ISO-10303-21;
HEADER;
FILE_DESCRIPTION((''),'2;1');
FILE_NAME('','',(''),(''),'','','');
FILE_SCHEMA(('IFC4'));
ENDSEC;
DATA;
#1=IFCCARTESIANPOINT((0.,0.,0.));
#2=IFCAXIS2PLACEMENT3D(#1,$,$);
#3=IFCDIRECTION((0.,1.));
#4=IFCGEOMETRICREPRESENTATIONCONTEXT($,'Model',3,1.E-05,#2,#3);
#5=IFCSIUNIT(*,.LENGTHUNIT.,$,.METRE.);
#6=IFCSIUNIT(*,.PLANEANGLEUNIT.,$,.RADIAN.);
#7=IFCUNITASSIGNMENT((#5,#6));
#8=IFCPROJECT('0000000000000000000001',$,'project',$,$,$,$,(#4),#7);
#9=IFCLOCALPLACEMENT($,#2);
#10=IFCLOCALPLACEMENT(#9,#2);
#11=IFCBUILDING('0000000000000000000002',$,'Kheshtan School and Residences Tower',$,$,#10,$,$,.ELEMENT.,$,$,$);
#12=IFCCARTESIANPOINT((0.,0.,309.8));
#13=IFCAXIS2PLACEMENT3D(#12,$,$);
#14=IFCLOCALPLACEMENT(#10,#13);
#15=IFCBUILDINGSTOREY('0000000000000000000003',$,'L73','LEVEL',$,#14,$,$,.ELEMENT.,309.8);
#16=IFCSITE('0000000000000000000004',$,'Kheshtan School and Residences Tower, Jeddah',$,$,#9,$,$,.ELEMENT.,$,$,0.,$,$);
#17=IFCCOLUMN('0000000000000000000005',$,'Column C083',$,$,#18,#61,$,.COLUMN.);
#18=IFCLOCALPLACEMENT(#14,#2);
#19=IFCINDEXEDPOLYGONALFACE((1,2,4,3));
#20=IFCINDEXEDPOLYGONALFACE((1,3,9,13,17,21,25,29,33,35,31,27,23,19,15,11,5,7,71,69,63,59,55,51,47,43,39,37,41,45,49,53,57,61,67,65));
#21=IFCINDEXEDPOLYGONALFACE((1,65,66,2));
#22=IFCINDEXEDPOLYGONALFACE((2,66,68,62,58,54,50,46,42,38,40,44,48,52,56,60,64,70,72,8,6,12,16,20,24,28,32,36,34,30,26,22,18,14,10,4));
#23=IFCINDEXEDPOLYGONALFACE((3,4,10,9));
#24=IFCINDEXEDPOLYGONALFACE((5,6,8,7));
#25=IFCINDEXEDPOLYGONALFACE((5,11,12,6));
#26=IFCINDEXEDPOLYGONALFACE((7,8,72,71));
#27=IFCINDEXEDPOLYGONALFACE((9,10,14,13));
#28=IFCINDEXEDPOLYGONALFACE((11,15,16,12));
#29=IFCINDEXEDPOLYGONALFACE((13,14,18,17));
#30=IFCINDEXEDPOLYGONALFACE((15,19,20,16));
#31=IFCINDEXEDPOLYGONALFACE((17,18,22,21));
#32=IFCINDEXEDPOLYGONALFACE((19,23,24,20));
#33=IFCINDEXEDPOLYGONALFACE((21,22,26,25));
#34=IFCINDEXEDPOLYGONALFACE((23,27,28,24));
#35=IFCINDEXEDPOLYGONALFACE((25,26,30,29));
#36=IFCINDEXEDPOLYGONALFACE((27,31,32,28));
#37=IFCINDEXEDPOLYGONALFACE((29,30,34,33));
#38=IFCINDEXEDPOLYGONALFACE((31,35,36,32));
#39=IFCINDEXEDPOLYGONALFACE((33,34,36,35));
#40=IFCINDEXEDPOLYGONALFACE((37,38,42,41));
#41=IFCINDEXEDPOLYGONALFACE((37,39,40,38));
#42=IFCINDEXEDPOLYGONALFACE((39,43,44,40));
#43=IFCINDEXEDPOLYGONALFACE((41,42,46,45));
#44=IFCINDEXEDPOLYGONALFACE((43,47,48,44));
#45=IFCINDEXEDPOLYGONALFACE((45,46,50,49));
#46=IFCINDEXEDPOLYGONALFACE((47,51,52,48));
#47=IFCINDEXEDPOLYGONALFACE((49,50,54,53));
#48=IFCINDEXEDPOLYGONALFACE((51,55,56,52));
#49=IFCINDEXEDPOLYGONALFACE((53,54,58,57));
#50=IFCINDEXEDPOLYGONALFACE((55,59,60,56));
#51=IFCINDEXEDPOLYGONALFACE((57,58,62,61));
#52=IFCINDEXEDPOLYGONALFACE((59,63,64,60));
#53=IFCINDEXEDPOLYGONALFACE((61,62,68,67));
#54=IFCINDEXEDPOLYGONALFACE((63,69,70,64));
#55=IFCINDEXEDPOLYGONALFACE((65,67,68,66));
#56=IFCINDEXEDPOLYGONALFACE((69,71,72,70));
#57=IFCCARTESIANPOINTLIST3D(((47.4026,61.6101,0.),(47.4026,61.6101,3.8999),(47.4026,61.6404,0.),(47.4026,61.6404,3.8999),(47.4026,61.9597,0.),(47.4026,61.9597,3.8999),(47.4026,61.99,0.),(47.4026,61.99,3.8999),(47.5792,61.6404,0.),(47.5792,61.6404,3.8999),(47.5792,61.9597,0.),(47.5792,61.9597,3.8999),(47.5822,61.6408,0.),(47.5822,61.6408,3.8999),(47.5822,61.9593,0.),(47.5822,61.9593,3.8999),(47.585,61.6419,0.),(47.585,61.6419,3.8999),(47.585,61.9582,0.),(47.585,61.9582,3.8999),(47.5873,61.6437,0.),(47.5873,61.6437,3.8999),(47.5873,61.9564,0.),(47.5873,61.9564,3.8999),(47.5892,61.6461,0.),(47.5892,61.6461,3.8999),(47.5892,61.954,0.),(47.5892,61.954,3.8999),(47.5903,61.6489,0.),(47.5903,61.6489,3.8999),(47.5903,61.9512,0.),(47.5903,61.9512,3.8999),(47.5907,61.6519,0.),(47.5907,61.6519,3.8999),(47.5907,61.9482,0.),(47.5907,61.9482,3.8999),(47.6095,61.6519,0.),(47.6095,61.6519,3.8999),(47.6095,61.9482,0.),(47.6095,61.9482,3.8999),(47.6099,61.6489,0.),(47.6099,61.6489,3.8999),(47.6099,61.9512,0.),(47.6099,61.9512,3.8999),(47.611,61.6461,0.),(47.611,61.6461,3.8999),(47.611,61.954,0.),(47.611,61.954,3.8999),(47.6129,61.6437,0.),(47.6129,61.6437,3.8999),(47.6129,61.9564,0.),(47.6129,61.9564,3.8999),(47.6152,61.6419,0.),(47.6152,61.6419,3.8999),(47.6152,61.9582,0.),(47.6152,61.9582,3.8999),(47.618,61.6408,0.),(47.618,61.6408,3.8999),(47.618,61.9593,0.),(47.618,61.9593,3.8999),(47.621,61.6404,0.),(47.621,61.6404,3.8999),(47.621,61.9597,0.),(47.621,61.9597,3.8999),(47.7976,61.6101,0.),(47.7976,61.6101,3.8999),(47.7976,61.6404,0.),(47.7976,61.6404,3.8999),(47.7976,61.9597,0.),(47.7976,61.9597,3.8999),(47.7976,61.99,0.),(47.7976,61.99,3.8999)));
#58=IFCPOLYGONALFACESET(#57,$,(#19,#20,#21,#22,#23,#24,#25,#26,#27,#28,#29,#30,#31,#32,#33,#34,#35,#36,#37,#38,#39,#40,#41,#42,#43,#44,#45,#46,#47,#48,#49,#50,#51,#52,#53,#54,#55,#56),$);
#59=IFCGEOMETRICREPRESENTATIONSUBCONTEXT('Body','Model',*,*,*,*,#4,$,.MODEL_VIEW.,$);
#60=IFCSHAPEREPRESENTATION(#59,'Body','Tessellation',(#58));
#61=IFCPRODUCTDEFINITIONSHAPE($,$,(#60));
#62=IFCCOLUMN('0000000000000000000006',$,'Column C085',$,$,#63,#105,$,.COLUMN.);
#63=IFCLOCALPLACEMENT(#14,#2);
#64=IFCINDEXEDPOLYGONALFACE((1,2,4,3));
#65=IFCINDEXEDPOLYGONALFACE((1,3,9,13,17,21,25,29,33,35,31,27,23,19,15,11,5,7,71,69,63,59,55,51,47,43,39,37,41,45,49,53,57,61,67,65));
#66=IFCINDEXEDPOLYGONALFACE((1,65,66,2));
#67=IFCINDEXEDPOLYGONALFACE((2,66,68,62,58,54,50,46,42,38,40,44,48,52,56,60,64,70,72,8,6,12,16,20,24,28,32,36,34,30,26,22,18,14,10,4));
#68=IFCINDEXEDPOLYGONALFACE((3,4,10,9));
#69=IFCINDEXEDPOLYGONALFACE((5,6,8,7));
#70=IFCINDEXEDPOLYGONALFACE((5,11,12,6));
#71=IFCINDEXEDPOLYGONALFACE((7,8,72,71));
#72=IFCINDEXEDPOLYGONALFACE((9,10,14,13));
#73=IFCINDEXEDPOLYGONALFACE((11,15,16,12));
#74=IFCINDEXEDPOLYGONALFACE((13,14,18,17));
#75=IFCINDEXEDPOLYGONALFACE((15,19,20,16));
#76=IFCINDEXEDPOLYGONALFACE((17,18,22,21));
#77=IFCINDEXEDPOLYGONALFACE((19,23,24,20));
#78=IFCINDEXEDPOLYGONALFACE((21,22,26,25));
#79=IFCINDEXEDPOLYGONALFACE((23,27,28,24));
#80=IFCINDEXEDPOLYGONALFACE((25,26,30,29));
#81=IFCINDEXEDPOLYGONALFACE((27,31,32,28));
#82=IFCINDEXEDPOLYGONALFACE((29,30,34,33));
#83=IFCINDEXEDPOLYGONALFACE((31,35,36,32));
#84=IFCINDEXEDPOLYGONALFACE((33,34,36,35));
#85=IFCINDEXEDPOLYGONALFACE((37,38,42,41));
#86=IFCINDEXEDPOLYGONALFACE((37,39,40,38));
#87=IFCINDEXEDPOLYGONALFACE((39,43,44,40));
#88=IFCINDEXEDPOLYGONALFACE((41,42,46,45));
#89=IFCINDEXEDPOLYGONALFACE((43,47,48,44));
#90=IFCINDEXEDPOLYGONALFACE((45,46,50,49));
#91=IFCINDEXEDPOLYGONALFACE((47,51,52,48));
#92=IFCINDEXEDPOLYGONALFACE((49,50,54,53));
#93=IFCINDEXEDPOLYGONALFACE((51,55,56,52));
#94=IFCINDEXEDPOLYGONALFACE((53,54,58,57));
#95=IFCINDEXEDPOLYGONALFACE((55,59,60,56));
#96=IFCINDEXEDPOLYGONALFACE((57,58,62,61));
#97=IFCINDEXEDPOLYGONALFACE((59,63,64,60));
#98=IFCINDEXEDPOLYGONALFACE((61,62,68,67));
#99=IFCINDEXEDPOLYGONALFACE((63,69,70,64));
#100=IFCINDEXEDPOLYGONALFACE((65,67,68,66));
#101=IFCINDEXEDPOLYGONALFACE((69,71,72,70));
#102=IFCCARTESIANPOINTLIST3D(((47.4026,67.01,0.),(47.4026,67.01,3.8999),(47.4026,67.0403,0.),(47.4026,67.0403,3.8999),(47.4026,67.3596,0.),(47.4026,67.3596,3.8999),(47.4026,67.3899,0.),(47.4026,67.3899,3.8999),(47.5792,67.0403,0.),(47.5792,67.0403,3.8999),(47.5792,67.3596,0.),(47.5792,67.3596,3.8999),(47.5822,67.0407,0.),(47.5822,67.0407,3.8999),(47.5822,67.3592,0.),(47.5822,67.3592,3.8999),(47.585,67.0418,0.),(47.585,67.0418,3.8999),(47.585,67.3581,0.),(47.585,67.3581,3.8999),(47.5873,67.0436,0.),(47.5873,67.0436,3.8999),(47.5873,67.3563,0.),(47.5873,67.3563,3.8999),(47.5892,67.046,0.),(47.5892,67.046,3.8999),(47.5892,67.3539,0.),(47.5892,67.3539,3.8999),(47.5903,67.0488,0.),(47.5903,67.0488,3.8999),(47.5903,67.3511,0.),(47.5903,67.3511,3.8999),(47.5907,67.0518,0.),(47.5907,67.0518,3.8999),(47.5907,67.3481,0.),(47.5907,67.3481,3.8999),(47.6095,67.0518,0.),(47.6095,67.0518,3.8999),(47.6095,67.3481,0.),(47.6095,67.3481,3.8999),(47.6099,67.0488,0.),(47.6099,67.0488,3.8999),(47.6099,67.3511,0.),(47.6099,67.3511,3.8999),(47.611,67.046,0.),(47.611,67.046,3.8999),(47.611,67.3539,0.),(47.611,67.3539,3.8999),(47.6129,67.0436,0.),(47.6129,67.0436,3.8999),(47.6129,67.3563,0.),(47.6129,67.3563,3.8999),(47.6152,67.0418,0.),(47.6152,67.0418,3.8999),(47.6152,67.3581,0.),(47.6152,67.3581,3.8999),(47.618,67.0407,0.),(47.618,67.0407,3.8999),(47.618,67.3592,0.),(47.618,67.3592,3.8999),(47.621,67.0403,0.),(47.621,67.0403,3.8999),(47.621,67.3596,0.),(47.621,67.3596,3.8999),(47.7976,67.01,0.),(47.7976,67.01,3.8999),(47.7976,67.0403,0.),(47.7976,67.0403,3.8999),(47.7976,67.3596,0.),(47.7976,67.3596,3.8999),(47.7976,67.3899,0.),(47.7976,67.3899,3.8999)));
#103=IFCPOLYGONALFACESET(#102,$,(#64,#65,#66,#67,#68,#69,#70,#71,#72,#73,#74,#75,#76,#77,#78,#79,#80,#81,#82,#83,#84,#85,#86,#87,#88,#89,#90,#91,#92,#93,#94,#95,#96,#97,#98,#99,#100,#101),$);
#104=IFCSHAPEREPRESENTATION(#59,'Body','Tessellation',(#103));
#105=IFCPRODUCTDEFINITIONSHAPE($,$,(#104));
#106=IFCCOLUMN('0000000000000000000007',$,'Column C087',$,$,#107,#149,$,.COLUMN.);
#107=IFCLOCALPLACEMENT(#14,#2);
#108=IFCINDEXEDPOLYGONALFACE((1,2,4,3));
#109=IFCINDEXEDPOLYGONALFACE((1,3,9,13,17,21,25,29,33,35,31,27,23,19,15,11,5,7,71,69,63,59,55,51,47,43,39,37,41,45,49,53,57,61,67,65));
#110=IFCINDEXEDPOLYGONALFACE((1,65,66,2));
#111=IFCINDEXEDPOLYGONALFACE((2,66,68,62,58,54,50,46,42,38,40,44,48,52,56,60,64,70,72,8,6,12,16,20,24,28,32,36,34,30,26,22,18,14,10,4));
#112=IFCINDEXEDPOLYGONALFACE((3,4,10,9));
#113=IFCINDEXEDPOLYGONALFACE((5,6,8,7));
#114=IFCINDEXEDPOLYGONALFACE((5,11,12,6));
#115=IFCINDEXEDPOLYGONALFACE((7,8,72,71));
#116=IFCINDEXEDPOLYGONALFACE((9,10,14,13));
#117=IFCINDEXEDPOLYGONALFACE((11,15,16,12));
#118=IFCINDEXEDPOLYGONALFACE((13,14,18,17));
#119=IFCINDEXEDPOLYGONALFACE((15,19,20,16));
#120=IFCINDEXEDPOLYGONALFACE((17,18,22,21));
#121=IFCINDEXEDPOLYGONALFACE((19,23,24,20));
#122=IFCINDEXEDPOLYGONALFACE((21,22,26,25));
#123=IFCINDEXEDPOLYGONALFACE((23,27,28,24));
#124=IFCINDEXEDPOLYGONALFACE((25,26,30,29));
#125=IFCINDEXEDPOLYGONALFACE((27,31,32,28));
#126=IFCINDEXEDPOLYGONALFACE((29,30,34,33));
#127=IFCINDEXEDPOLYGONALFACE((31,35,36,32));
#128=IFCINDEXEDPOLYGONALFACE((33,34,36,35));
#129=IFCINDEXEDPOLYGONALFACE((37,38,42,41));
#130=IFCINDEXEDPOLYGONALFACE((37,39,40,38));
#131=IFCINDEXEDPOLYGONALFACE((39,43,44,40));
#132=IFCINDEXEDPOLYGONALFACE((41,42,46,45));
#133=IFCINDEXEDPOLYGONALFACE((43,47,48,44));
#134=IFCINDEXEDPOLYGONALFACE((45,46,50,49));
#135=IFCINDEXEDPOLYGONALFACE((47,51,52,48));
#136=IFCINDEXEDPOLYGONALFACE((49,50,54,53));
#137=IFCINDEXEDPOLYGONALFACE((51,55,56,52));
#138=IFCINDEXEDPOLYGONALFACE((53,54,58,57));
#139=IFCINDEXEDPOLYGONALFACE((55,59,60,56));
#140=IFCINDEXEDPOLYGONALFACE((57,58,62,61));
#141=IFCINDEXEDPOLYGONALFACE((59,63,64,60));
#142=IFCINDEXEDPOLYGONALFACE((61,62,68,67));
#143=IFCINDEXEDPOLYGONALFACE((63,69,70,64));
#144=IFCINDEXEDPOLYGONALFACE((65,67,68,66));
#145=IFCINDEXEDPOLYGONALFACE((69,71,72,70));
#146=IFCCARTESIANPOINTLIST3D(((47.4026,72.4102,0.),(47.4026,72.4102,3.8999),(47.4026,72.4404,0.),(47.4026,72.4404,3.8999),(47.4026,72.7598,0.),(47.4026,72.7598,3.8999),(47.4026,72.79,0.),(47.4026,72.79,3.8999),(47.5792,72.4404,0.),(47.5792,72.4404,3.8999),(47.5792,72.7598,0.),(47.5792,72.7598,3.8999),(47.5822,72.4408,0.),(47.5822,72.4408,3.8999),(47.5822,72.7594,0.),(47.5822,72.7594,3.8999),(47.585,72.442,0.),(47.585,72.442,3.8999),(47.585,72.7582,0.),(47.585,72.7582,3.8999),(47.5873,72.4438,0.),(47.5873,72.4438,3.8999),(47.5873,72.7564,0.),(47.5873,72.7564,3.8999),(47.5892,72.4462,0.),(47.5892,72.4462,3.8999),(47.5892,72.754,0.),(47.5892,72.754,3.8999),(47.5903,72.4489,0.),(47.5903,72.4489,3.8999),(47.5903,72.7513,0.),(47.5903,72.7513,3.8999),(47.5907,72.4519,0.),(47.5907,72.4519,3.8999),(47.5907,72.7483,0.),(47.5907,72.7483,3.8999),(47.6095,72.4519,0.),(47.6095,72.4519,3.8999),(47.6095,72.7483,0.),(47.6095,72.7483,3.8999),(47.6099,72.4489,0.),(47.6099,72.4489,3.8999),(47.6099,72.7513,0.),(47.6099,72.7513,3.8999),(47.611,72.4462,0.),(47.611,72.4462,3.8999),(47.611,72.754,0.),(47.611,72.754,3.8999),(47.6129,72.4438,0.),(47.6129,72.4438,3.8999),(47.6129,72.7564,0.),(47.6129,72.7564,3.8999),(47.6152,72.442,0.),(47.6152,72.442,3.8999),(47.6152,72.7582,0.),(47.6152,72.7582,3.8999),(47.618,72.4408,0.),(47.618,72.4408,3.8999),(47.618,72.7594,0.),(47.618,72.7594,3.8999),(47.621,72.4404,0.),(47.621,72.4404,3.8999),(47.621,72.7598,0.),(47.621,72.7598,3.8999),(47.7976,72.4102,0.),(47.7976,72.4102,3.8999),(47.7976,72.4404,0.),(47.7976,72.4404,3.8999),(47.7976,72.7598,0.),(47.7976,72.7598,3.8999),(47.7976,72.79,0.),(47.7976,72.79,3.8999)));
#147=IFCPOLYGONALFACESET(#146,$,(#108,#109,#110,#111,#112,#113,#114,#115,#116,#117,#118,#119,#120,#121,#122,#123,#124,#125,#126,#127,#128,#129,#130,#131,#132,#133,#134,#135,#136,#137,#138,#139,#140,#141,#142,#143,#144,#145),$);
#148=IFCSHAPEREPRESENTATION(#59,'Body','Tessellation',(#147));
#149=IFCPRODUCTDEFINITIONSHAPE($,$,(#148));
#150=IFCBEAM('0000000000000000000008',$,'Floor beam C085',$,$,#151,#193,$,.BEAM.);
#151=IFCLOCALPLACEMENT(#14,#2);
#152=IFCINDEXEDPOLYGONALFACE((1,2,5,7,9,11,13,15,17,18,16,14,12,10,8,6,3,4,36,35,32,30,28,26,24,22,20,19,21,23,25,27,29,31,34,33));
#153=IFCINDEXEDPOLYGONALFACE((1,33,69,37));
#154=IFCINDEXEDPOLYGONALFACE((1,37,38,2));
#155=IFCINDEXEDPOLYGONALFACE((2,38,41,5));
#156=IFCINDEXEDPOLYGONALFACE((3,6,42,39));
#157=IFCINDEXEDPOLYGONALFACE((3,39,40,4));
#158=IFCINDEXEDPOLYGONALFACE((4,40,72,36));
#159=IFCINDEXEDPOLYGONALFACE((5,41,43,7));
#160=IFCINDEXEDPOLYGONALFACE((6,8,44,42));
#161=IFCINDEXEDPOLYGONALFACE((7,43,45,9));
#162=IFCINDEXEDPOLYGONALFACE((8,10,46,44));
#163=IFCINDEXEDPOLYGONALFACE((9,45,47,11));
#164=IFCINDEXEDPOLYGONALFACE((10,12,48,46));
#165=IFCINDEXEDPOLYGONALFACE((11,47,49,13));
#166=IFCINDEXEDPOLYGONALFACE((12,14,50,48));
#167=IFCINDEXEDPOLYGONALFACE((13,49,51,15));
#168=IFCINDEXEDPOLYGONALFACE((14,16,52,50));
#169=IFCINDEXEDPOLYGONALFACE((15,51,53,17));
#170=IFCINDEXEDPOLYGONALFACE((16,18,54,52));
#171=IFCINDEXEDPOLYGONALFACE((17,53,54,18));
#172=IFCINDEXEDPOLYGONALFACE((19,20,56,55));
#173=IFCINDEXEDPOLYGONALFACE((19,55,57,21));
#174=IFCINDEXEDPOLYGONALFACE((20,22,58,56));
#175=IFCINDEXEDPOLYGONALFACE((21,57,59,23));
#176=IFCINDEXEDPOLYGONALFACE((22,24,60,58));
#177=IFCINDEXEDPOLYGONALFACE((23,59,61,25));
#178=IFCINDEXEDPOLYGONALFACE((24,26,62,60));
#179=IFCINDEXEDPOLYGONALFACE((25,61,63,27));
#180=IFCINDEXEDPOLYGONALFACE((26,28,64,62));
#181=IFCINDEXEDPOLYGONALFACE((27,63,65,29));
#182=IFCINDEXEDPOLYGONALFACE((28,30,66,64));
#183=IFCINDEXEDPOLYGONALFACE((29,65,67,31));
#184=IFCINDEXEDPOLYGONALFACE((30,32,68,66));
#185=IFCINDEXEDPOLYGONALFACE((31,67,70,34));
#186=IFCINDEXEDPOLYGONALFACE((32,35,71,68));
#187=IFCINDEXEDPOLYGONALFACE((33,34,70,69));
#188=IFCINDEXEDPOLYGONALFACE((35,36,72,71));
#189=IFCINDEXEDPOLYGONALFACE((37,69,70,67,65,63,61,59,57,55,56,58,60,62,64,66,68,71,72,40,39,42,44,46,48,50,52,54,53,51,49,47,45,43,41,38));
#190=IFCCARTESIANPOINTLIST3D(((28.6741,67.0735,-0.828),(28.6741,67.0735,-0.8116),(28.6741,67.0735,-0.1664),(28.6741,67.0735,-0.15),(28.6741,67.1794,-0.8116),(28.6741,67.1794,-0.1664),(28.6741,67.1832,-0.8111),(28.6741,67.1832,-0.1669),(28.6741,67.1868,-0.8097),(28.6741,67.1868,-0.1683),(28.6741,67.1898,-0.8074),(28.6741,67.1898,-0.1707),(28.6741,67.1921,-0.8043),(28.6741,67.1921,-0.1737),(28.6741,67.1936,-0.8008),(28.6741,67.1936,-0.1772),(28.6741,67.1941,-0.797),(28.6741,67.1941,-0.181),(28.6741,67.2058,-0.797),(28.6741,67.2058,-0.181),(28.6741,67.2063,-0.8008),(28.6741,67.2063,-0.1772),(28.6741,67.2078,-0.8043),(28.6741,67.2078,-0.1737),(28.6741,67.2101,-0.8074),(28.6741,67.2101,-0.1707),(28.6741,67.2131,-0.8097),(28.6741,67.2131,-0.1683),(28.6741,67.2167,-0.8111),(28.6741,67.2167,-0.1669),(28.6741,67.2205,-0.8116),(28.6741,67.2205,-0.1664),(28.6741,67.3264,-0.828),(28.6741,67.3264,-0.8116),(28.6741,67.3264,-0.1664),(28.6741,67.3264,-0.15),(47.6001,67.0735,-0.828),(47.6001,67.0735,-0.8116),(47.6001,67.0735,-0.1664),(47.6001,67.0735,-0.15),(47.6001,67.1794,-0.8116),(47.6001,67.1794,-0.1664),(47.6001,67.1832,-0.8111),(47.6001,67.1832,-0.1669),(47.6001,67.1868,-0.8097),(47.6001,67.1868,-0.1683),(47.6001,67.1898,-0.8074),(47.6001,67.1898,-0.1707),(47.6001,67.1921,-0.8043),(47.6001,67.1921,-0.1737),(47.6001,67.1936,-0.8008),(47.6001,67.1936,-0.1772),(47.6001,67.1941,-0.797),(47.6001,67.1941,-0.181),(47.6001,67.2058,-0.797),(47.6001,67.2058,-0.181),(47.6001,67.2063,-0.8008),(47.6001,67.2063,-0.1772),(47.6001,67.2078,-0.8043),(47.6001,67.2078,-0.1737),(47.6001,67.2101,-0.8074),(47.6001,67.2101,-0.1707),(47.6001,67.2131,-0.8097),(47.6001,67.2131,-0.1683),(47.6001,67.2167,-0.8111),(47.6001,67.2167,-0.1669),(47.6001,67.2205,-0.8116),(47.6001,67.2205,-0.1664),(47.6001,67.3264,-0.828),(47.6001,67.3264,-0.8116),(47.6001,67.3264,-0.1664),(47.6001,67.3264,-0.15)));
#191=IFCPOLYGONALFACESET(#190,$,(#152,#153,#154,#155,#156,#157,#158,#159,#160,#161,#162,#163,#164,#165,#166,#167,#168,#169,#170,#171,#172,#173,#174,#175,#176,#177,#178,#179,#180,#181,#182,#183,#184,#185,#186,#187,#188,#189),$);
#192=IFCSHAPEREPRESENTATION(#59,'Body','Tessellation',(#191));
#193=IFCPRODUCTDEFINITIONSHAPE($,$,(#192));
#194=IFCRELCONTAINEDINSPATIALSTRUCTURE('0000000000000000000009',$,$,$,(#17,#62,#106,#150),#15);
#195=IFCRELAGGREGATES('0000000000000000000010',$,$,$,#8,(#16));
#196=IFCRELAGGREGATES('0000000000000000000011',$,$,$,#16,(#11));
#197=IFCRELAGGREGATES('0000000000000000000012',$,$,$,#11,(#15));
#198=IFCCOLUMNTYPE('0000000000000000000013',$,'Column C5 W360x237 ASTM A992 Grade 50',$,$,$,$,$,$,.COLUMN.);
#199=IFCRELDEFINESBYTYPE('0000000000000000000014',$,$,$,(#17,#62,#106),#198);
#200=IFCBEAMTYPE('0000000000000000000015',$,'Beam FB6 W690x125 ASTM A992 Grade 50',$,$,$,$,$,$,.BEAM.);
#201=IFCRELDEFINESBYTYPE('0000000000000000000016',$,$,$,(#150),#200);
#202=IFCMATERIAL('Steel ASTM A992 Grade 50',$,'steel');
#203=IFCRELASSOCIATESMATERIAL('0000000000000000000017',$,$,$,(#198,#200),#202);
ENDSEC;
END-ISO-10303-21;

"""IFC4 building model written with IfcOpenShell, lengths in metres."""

from ifc_helpers import new_model, si_unit, direction, frame, origin, origin_2d, place, context, subcontext, project, spatial, i_section, extrude, material, material_profile, profile_set, type_object, element, save


model = new_model("IFC4")

# Units and contexts
model_context = context("Model", 3, precision=1e-05, world=origin(), true_north=direction((0.0, 1.0)))
body_context = subcontext(model_context, "Body", "Model", "MODEL_VIEW")
ifc_project = project(units=[si_unit("LENGTHUNIT", "METRE"), si_unit("PLANEANGLEUNIT", "RADIAN")], contexts=[model_context])

# Site, building, storey
site_placement = place(None, origin())
site = spatial("IfcSite", under=ifc_project, at=site_placement, Name="Kheshtan School and Residences Tower, Jeddah", CompositionType="ELEMENT", RefElevation=0.0)
building_placement = place(site_placement, origin())
building = spatial("IfcBuilding", under=site, at=building_placement, Name="Kheshtan School and Residences Tower", CompositionType="ELEMENT")
storey_placement = place(building_placement, frame((0.0, 0.0, 309.8)))
storey = spatial("IfcBuildingStorey", under=building, at=storey_placement, Name="L73", Description="LEVEL", CompositionType="ELEMENT", Elevation=309.8)

# Columns
ifc_material_1 = material(Name="Steel ASTM A992 Grade 50", Category="steel")
ifc_material_profile_1 = material_profile(ifc_material_1, i_section(OverallWidth=0.395, OverallDepth=0.3799, WebThickness=0.0188, FlangeThickness=0.0303, FilletRadius=0.0115, at=origin_2d()), Name="W360x237")
ifc_profile_set_1 = profile_set([ifc_material_profile_1], Name="Steel ASTM A992 Grade 50")
column_type = type_object("IfcColumnType", Name="Column C5 W360x237 ASTM A992 Grade 50", PredefinedType="COLUMN", material=ifc_profile_set_1)
for number, where, z_axis, x_axis, name in (
    (1, (47.6001, 61.8, 0.0), (0.0, 0.0, 1.0), (1.0, 0.0, 0.0), "Column C083"),
    (2, (47.6001, 67.2, 0.0), (0.0, 0.0, 1.0), (1.0, 0.0, 0.0), "Column C085"),
    (3, (47.6001, 72.6001, 0.0), (0.0, 0.0, 1.0), (1.0, 0.0, 0.0), "Column C087"),
):
    element("IfcColumn", number, at=place(storey_placement, frame(where, z_axis=z_axis, x_axis=x_axis)), inside=storey, type_object=column_type, Name=name, PredefinedType="COLUMN", context=body_context, shape_type="SweptSolid", body=[
        extrude(i_section(OverallWidth=0.395, OverallDepth=0.3799, WebThickness=0.0188, FlangeThickness=0.0303, FilletRadius=0.0115, at=origin_2d()), origin(), (0.0, 0.0, 1.0), 3.8999),
    ])

# Beam
ifc_material_profile_2 = material_profile(ifc_material_1, i_section(OverallWidth=0.2529, OverallDepth=0.678, WebThickness=0.0117, FlangeThickness=0.0164, FilletRadius=0.0146, at=origin_2d()), Name="W690x125")
ifc_profile_set_2 = profile_set([ifc_material_profile_2], Name="Steel ASTM A992 Grade 50")
beam_type_1 = type_object("IfcBeamType", Name="Beam FB6 W690x125 ASTM A992 Grade 50", PredefinedType="BEAM", material=ifc_profile_set_2)
beam_1_placement = place(storey_placement, frame((47.6001, 67.2, -0.489), z_axis=(-1.0, 0.0, 0.0), x_axis=(0.0, -1.0, 0.0)))
element("IfcBeam", 4, at=beam_1_placement, inside=storey, type_object=beam_type_1, Name="Floor beam C085", PredefinedType="BEAM", context=body_context, shape_type="SweptSolid", body=[
    extrude(i_section(OverallWidth=0.2529, OverallDepth=0.678, WebThickness=0.0117, FlangeThickness=0.0164, FilletRadius=0.0146, at=origin_2d()), origin(), (0.0, 0.0, 1.0), 18.926),
])

save(model, "model.ifc")
